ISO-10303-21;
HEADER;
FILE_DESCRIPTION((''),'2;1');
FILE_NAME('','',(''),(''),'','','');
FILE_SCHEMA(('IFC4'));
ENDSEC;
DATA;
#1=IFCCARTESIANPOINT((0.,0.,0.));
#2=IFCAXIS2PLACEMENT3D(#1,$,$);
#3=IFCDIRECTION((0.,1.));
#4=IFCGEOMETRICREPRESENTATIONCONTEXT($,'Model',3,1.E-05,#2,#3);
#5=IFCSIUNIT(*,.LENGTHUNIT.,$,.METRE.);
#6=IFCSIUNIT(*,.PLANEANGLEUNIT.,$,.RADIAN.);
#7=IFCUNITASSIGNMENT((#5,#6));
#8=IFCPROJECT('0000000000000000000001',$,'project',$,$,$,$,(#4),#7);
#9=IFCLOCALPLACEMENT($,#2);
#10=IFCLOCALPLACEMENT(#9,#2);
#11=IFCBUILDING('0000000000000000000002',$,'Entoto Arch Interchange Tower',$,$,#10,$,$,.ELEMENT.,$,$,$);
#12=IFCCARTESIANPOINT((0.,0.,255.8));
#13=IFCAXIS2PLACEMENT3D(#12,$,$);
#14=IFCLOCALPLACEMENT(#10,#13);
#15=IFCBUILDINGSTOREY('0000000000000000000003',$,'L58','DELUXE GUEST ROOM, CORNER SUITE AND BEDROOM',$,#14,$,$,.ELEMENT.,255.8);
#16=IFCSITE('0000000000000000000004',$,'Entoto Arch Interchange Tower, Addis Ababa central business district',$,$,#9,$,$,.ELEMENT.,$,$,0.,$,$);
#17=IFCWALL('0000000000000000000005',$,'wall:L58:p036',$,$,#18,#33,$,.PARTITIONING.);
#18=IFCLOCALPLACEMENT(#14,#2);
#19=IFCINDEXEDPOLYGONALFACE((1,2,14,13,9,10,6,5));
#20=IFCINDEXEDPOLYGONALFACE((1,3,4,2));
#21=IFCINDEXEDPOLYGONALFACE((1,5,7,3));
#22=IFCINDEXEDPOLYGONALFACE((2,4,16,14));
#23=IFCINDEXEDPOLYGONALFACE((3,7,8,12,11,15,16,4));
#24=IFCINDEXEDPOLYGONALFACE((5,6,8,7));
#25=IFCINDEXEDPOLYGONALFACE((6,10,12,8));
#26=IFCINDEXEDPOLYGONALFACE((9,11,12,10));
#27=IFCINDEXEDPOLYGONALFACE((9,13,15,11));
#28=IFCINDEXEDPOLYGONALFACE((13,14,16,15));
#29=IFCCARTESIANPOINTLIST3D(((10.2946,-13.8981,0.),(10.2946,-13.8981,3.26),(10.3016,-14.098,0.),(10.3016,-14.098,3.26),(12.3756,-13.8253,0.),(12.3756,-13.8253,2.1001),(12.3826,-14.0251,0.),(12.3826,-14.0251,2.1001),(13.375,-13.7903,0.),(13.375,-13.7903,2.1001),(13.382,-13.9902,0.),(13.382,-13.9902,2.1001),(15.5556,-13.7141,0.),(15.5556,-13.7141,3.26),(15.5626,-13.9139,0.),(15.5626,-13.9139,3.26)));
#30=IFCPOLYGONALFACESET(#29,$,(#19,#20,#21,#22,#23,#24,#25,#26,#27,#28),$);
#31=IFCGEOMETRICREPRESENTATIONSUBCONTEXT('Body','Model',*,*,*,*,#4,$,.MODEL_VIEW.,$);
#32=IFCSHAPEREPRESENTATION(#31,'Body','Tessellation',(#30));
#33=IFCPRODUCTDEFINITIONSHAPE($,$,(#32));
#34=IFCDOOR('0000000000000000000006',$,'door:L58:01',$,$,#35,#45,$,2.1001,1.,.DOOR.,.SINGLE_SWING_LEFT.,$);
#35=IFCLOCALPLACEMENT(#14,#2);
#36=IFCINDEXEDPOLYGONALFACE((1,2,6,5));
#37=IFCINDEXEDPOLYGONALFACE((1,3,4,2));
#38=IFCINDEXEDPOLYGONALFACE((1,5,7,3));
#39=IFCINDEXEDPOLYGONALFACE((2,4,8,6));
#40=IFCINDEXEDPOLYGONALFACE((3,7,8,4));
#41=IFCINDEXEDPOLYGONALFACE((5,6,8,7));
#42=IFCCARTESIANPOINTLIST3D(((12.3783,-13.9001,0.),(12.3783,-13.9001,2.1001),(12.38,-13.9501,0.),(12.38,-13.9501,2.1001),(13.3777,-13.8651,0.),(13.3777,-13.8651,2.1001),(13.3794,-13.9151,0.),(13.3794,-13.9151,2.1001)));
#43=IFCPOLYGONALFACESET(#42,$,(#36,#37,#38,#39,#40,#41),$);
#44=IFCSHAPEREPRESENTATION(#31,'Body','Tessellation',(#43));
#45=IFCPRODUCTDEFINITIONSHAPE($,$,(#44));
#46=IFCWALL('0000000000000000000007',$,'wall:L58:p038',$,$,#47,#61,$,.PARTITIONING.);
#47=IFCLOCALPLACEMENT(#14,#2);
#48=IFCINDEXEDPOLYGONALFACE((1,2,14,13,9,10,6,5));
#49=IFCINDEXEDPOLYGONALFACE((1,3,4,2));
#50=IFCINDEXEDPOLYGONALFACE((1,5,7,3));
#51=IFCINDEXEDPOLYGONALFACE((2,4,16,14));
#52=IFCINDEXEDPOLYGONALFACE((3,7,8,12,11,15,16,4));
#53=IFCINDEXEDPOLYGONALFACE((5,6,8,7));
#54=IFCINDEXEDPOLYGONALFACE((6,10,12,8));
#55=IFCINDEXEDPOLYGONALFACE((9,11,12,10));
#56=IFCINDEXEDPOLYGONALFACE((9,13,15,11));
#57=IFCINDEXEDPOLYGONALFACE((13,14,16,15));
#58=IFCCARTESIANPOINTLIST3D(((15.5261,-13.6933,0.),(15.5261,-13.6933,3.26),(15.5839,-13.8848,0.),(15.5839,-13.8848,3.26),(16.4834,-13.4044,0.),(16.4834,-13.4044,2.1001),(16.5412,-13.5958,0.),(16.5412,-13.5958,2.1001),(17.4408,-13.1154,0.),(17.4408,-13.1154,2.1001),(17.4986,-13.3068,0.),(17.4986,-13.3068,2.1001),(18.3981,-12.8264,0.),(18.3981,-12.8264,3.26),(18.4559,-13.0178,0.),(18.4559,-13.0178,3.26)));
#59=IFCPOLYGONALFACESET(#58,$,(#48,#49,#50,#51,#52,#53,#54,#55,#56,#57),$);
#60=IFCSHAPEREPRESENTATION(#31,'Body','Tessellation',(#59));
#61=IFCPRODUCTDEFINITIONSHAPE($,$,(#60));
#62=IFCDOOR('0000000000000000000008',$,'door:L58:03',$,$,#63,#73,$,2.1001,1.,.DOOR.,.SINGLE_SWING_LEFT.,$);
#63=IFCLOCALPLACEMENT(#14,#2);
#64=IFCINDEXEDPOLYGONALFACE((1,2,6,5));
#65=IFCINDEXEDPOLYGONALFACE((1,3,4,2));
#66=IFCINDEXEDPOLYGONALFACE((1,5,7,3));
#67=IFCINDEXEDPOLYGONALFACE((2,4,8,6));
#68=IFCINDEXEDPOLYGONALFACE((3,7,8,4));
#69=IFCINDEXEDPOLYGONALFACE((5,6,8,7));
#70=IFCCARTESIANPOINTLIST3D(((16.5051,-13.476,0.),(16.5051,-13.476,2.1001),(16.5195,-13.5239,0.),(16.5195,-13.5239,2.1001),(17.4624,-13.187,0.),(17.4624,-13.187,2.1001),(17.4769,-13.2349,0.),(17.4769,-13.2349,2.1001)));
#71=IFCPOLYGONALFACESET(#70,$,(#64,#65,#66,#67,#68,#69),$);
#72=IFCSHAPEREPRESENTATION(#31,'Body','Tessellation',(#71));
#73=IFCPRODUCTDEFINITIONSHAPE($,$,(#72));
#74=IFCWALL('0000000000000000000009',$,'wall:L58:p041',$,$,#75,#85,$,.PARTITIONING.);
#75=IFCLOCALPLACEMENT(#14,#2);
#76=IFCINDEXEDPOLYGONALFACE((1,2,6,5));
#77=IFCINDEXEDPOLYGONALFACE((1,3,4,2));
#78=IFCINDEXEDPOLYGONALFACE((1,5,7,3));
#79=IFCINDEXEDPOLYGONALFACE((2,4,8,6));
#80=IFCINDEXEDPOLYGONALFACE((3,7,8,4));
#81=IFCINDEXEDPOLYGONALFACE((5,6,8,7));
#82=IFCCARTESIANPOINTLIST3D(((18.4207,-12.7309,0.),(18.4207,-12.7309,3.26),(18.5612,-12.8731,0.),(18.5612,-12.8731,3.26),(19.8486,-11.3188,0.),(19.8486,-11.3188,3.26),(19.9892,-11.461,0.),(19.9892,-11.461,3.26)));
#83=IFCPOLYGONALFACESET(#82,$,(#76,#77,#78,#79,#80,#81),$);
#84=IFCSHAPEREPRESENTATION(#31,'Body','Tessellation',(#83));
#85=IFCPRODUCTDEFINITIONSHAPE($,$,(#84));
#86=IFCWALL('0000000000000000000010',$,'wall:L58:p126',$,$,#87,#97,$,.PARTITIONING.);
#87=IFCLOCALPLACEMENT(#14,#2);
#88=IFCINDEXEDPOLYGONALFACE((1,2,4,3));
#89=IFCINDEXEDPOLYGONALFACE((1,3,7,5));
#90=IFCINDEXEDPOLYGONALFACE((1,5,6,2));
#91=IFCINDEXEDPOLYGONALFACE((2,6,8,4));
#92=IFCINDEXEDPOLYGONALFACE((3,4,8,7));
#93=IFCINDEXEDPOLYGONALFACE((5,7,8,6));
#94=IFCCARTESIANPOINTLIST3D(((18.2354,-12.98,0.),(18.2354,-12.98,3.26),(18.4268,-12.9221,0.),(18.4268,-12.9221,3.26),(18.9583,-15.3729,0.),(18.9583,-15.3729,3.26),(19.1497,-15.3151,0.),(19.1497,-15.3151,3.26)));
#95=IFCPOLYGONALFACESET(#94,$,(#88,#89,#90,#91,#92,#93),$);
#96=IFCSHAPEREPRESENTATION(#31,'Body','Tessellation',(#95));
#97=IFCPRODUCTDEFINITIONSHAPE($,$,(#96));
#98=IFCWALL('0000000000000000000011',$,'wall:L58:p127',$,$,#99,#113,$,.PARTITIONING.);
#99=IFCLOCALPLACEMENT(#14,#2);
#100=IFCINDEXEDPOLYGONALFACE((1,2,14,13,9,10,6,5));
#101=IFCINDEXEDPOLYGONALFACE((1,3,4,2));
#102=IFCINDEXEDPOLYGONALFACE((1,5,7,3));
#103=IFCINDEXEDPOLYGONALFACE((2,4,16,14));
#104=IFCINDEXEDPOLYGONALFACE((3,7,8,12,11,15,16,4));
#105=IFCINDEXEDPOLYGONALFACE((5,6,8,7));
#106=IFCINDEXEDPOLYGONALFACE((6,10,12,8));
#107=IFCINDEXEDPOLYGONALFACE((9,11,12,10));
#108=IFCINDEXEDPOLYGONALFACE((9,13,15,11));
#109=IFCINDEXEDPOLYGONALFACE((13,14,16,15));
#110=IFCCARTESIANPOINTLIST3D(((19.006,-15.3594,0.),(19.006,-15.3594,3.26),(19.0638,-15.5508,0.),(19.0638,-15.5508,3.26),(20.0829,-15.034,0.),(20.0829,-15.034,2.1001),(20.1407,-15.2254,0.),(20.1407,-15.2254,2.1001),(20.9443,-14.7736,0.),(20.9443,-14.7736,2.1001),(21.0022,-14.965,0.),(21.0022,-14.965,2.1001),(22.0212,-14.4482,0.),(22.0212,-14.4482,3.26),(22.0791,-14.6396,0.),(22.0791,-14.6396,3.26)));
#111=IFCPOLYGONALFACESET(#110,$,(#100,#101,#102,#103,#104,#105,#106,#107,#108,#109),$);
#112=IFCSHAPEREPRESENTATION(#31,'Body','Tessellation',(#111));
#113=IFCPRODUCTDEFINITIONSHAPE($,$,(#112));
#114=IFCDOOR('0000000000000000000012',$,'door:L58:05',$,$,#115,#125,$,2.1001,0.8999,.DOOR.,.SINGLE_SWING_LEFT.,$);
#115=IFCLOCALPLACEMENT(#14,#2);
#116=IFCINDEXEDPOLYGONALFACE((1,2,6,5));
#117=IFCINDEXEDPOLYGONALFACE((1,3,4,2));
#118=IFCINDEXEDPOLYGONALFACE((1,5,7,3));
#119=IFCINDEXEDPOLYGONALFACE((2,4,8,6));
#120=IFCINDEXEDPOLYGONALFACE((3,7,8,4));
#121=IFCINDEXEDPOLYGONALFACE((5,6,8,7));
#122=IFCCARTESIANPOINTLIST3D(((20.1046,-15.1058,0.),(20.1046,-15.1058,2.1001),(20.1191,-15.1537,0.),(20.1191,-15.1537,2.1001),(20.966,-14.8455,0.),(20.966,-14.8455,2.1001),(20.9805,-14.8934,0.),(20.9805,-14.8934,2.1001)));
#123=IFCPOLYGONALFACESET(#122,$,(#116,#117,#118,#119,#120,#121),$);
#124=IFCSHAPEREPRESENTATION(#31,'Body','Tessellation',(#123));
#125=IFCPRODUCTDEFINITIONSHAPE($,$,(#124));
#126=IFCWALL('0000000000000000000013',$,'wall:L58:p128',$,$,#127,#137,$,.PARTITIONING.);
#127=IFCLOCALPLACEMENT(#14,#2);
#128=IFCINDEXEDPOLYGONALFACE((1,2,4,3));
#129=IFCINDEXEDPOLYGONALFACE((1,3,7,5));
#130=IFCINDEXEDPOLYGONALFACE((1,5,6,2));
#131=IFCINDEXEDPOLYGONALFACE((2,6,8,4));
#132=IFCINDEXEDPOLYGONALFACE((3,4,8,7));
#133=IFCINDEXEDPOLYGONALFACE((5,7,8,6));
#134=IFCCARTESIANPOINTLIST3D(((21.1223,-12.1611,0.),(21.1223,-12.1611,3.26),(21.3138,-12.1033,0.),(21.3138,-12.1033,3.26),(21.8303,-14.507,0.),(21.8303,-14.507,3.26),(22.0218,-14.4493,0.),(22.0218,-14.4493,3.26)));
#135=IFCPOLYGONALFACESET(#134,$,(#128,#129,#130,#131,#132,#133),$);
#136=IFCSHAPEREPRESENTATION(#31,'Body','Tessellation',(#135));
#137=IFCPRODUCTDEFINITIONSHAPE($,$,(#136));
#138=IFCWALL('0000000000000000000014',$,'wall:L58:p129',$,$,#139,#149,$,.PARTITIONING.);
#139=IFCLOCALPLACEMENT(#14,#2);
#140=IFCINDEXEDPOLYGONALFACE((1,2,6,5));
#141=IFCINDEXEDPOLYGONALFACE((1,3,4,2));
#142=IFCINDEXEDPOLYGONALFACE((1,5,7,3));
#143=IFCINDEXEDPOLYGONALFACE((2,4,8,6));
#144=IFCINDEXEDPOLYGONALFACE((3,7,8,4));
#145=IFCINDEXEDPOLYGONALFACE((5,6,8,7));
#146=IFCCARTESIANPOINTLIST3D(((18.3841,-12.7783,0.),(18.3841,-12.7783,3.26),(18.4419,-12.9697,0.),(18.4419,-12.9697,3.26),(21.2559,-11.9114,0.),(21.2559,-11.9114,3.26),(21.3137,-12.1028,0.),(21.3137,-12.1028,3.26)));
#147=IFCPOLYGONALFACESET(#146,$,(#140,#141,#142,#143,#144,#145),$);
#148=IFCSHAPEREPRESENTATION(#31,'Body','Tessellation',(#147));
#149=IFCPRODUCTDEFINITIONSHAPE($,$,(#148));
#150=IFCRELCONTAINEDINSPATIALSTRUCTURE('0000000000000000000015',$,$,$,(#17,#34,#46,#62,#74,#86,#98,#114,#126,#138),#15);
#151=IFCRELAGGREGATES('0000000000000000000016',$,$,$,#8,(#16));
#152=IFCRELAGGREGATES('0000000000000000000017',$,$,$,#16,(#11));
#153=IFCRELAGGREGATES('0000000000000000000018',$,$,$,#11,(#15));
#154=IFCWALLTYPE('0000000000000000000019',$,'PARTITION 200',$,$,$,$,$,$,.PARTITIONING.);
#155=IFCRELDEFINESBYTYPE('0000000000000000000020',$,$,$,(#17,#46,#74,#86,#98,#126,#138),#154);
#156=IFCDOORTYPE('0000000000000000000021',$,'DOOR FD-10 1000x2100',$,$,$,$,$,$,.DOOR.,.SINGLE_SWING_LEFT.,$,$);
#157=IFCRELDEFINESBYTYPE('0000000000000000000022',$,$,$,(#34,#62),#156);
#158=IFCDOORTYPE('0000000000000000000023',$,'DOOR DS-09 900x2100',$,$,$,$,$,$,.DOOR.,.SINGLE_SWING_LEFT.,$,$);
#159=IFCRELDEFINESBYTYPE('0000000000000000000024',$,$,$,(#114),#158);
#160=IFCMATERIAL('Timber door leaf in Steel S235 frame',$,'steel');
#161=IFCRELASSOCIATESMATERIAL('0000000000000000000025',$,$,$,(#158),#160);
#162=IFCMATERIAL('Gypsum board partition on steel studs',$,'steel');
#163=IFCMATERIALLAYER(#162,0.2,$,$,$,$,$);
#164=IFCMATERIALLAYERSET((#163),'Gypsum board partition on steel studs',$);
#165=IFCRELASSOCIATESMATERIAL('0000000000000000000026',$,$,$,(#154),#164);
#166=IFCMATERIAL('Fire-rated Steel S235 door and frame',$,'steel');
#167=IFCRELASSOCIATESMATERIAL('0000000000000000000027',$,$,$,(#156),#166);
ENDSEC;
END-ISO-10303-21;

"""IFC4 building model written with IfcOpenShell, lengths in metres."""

from ifc_helpers import new_model, si_unit, direction, frame, frame_2d, origin, place, context, subcontext, project, spatial, rectangle, extrude, material, layer, layer_set, type_object, element, fill, save


model = new_model("IFC4")

# Units and contexts
model_context = context("Model", 3, precision=1e-05, world=origin(), true_north=direction((0.0, 1.0)))
body_context = subcontext(model_context, "Body", "Model", "MODEL_VIEW")
ifc_project = project(units=[si_unit("LENGTHUNIT", "METRE"), si_unit("PLANEANGLEUNIT", "RADIAN")], contexts=[model_context])

# Site, building, storey
site_placement = place(None, origin())
site = spatial("IfcSite", under=ifc_project, at=site_placement, Name="Entoto Arch Interchange Tower, Addis Ababa central business district", CompositionType="ELEMENT", RefElevation=0.0)
building_placement = place(site_placement, origin())
building = spatial("IfcBuilding", under=site, at=building_placement, Name="Entoto Arch Interchange Tower", CompositionType="ELEMENT")
storey_placement = place(building_placement, frame((0.0, 0.0, 255.8)))
storey = spatial("IfcBuildingStorey", under=building, at=storey_placement, Name="L58", Description="DELUXE GUEST ROOM, CORNER SUITE AND BEDROOM", CompositionType="ELEMENT", Elevation=255.8)

# Shared definitions
ifc_material_1 = material(Name="Gypsum board partition on steel studs", Category="steel")
ifc_material_2 = material(Name="Timber door leaf in Steel S235 frame", Category="steel")
door_type_1 = type_object("IfcDoorType", Name="DOOR DS-09 900x2100", OperationType="SINGLE_SWING_LEFT", PredefinedType="DOOR", material=ifc_material_2)

# Shared definitions
ifc_layer_1 = layer(ifc_material_1, 0.2)
ifc_layer_set_1 = layer_set([ifc_layer_1], Name="Gypsum board partition on steel studs")
wall_type_1 = type_object("IfcWallType", Name="PARTITION 200", PredefinedType="PARTITIONING", material=ifc_layer_set_1)

# Walls, openings, doors
wall_1_placement = place(storey_placement, frame((15.5591, -13.814, 0.0), z_axis=(0.0, 0.0, 1.0), x_axis=(-0.999388, -0.034969, 0.0)))
wall_1 = element("IfcWall", 1, at=wall_1_placement, inside=storey, type_object=wall_type_1, Name="wall:L58:p036", PredefinedType="PARTITIONING", context=body_context, shape_type="SweptSolid", body=[
    extrude(rectangle(XDim=5.2642, YDim=0.2, at=frame_2d((2.6321, 0.0))), origin(), (0.0, 0.0, 1.0), 3.26),
])
opening_1_placement = place(wall_1_placement, frame((2.1819, 0.0, 0.0)))
opening_1 = element("IfcOpeningElement", 2, at=opening_1_placement, cuts=wall_1, PredefinedType="OPENING", context=body_context, shape_type="SweptSolid", body=[
    extrude(rectangle(XDim=1.0, YDim=2.1001, at=frame_2d((0.5, 1.05))), frame((0.0, 0.1099, 0.0), z_axis=(0.0, -1.0, 0.0), x_axis=(1.0, 0.0, 0.0)), (0.0, 0.0, 1.0), 0.22),
])
ifc_material_3 = material(Name="Fire-rated Steel S235 door and frame", Category="steel")
door_type_2 = type_object("IfcDoorType", Name="DOOR FD-10 1000x2100", OperationType="SINGLE_SWING_LEFT", PredefinedType="DOOR", material=ifc_material_3)
door_1_placement = place(opening_1_placement, origin())
door_1 = element("IfcDoor", 3, at=door_1_placement, inside=storey, type_object=door_type_2, Name="door:L58:01", OperationType="SINGLE_SWING_LEFT", OverallHeight=2.1001, OverallWidth=1.0, PredefinedType="DOOR", context=body_context, shape_type="SweptSolid", body=[
    extrude(rectangle(XDim=1.0, YDim=2.1001, at=frame_2d((0.5, 1.05))), frame((0.0, 0.0249, 0.0), z_axis=(0.0, -1.0, 0.0), x_axis=(1.0, 0.0, 0.0)), (0.0, 0.0, 1.0), 0.05),
])
fill(opening_1, door_1)
wall_2_placement = place(storey_placement, frame((18.427, -12.9221, 0.0), z_axis=(0.0, 0.0, 1.0), x_axis=(-0.957337, -0.288975, 0.0)))
wall_2 = element("IfcWall", 4, at=wall_2_placement, inside=storey, type_object=wall_type_1, Name="wall:L58:p038", PredefinedType="PARTITIONING", context=body_context, shape_type="SweptSolid", body=[
    extrude(rectangle(XDim=3.0, YDim=0.2, at=frame_2d((1.5, 0.0))), origin(), (0.0, 0.0, 1.0), 3.26),
])
opening_2_placement = place(wall_2_placement, frame((1.0, 0.0, 0.0)))
opening_2 = element("IfcOpeningElement", 5, at=opening_2_placement, cuts=wall_2, PredefinedType="OPENING", context=body_context, shape_type="SweptSolid", body=[
    extrude(rectangle(XDim=1.0, YDim=2.1001, at=frame_2d((0.5, 1.05))), frame((0.0, 0.1099, 0.0), z_axis=(0.0, -1.0, 0.0), x_axis=(1.0, 0.0, 0.0)), (0.0, 0.0, 1.0), 0.22),
])
door_2_placement = place(opening_2_placement, origin())
door_2 = element("IfcDoor", 6, at=door_2_placement, inside=storey, type_object=door_type_2, Name="door:L58:03", OperationType="SINGLE_SWING_LEFT", OverallHeight=2.1001, OverallWidth=1.0, PredefinedType="DOOR", context=body_context, shape_type="SweptSolid", body=[
    extrude(rectangle(XDim=1.0, YDim=2.1001, at=frame_2d((0.5, 1.05))), frame((0.0, 0.0249, 0.0), z_axis=(0.0, -1.0, 0.0), x_axis=(1.0, 0.0, 0.0)), (0.0, 0.0, 1.0), 0.05),
])
fill(opening_2, door_2)

# Walls
wall_3_placement = place(storey_placement, frame((19.9189, -11.3899, 0.0), z_axis=(0.0, 0.0, 1.0), x_axis=(-0.711047, -0.703145, 0.0)))
element("IfcWall", 7, at=wall_3_placement, inside=storey, type_object=wall_type_1, Name="wall:L58:p041", PredefinedType="PARTITIONING", context=body_context, shape_type="SweptSolid", body=[
    extrude(rectangle(XDim=2.0083, YDim=0.2, at=frame_2d((1.0042, 0.0))), origin(), (0.0, 0.0, 1.0), 3.26),
])
wall_4_placement = place(storey_placement, frame((18.3311, -12.9509, 0.0), z_axis=(0.0, 0.0, 1.0), x_axis=(0.289175, -0.957276, 0.0)))
element("IfcWall", 8, at=wall_4_placement, inside=storey, type_object=wall_type_1, Name="wall:L58:p126", PredefinedType="PARTITIONING", context=body_context, shape_type="SweptSolid", body=[
    extrude(rectangle(XDim=2.4998, YDim=0.2, at=frame_2d((1.25, 0.0))), origin(), (0.0, 0.0, 1.0), 3.26),
])

# Wall, opening, door
wall_5_placement = place(storey_placement, frame((19.0349, -15.4551, 0.0), z_axis=(0.0, 0.0, 1.0), x_axis=(0.957248, 0.289267, 0.0)))
wall_5 = element("IfcWall", 9, at=wall_5_placement, inside=storey, type_object=wall_type_1, Name="wall:L58:p127", PredefinedType="PARTITIONING", context=body_context, shape_type="SweptSolid", body=[
    extrude(rectangle(XDim=3.1499, YDim=0.2, at=frame_2d((1.575, 0.0))), origin(), (0.0, 0.0, 1.0), 3.26),
])
opening_3_placement = place(wall_5_placement, frame((1.125, 0.0, 0.0)))
opening_3 = element("IfcOpeningElement", 10, at=opening_3_placement, cuts=wall_5, PredefinedType="OPENING", context=body_context, shape_type="SweptSolid", body=[
    extrude(rectangle(XDim=0.8999, YDim=2.1001, at=frame_2d((0.45, 1.05))), frame((0.0, 0.1099, 0.0), z_axis=(0.0, -1.0, 0.0), x_axis=(1.0, 0.0, 0.0)), (0.0, 0.0, 1.0), 0.22),
])
door_3_placement = place(opening_3_placement, origin())
door_3 = element("IfcDoor", 11, at=door_3_placement, inside=storey, type_object=door_type_1, Name="door:L58:05", OperationType="SINGLE_SWING_LEFT", OverallHeight=2.1001, OverallWidth=0.8999, PredefinedType="DOOR", context=body_context, shape_type="SweptSolid", body=[
    extrude(rectangle(XDim=0.8999, YDim=2.1001, at=frame_2d((0.45, 1.05))), frame((0.0, 0.0249, 0.0), z_axis=(0.0, -1.0, 0.0), x_axis=(1.0, 0.0, 0.0)), (0.0, 0.0, 1.0), 0.05),
])
fill(opening_3, door_3)

# Walls
wall_6_placement = place(storey_placement, frame((21.926, -14.478, 0.0), z_axis=(0.0, 0.0, 1.0), x_axis=(-0.288929, 0.957351, 0.0)))
element("IfcWall", 12, at=wall_6_placement, inside=storey, type_object=wall_type_1, Name="wall:L58:p128", PredefinedType="PARTITIONING", context=body_context, shape_type="SweptSolid", body=[
    extrude(rectangle(XDim=2.4504, YDim=0.2, at=frame_2d((1.2251, 0.0))), origin(), (0.0, 0.0, 1.0), 3.26),
])
wall_7_placement = place(storey_placement, frame((21.2849, -12.0071, 0.0), z_axis=(0.0, 0.0, 1.0), x_axis=(-0.95733, -0.288998, 0.0)))
element("IfcWall", 13, at=wall_7_placement, inside=storey, type_object=wall_type_1, Name="wall:L58:p129", PredefinedType="PARTITIONING", context=body_context, shape_type="SweptSolid", body=[
    extrude(rectangle(XDim=2.9998, YDim=0.2, at=frame_2d((1.5, 0.0))), origin(), (0.0, 0.0, 1.0), 3.26),
])

save(model, "model.ifc")
